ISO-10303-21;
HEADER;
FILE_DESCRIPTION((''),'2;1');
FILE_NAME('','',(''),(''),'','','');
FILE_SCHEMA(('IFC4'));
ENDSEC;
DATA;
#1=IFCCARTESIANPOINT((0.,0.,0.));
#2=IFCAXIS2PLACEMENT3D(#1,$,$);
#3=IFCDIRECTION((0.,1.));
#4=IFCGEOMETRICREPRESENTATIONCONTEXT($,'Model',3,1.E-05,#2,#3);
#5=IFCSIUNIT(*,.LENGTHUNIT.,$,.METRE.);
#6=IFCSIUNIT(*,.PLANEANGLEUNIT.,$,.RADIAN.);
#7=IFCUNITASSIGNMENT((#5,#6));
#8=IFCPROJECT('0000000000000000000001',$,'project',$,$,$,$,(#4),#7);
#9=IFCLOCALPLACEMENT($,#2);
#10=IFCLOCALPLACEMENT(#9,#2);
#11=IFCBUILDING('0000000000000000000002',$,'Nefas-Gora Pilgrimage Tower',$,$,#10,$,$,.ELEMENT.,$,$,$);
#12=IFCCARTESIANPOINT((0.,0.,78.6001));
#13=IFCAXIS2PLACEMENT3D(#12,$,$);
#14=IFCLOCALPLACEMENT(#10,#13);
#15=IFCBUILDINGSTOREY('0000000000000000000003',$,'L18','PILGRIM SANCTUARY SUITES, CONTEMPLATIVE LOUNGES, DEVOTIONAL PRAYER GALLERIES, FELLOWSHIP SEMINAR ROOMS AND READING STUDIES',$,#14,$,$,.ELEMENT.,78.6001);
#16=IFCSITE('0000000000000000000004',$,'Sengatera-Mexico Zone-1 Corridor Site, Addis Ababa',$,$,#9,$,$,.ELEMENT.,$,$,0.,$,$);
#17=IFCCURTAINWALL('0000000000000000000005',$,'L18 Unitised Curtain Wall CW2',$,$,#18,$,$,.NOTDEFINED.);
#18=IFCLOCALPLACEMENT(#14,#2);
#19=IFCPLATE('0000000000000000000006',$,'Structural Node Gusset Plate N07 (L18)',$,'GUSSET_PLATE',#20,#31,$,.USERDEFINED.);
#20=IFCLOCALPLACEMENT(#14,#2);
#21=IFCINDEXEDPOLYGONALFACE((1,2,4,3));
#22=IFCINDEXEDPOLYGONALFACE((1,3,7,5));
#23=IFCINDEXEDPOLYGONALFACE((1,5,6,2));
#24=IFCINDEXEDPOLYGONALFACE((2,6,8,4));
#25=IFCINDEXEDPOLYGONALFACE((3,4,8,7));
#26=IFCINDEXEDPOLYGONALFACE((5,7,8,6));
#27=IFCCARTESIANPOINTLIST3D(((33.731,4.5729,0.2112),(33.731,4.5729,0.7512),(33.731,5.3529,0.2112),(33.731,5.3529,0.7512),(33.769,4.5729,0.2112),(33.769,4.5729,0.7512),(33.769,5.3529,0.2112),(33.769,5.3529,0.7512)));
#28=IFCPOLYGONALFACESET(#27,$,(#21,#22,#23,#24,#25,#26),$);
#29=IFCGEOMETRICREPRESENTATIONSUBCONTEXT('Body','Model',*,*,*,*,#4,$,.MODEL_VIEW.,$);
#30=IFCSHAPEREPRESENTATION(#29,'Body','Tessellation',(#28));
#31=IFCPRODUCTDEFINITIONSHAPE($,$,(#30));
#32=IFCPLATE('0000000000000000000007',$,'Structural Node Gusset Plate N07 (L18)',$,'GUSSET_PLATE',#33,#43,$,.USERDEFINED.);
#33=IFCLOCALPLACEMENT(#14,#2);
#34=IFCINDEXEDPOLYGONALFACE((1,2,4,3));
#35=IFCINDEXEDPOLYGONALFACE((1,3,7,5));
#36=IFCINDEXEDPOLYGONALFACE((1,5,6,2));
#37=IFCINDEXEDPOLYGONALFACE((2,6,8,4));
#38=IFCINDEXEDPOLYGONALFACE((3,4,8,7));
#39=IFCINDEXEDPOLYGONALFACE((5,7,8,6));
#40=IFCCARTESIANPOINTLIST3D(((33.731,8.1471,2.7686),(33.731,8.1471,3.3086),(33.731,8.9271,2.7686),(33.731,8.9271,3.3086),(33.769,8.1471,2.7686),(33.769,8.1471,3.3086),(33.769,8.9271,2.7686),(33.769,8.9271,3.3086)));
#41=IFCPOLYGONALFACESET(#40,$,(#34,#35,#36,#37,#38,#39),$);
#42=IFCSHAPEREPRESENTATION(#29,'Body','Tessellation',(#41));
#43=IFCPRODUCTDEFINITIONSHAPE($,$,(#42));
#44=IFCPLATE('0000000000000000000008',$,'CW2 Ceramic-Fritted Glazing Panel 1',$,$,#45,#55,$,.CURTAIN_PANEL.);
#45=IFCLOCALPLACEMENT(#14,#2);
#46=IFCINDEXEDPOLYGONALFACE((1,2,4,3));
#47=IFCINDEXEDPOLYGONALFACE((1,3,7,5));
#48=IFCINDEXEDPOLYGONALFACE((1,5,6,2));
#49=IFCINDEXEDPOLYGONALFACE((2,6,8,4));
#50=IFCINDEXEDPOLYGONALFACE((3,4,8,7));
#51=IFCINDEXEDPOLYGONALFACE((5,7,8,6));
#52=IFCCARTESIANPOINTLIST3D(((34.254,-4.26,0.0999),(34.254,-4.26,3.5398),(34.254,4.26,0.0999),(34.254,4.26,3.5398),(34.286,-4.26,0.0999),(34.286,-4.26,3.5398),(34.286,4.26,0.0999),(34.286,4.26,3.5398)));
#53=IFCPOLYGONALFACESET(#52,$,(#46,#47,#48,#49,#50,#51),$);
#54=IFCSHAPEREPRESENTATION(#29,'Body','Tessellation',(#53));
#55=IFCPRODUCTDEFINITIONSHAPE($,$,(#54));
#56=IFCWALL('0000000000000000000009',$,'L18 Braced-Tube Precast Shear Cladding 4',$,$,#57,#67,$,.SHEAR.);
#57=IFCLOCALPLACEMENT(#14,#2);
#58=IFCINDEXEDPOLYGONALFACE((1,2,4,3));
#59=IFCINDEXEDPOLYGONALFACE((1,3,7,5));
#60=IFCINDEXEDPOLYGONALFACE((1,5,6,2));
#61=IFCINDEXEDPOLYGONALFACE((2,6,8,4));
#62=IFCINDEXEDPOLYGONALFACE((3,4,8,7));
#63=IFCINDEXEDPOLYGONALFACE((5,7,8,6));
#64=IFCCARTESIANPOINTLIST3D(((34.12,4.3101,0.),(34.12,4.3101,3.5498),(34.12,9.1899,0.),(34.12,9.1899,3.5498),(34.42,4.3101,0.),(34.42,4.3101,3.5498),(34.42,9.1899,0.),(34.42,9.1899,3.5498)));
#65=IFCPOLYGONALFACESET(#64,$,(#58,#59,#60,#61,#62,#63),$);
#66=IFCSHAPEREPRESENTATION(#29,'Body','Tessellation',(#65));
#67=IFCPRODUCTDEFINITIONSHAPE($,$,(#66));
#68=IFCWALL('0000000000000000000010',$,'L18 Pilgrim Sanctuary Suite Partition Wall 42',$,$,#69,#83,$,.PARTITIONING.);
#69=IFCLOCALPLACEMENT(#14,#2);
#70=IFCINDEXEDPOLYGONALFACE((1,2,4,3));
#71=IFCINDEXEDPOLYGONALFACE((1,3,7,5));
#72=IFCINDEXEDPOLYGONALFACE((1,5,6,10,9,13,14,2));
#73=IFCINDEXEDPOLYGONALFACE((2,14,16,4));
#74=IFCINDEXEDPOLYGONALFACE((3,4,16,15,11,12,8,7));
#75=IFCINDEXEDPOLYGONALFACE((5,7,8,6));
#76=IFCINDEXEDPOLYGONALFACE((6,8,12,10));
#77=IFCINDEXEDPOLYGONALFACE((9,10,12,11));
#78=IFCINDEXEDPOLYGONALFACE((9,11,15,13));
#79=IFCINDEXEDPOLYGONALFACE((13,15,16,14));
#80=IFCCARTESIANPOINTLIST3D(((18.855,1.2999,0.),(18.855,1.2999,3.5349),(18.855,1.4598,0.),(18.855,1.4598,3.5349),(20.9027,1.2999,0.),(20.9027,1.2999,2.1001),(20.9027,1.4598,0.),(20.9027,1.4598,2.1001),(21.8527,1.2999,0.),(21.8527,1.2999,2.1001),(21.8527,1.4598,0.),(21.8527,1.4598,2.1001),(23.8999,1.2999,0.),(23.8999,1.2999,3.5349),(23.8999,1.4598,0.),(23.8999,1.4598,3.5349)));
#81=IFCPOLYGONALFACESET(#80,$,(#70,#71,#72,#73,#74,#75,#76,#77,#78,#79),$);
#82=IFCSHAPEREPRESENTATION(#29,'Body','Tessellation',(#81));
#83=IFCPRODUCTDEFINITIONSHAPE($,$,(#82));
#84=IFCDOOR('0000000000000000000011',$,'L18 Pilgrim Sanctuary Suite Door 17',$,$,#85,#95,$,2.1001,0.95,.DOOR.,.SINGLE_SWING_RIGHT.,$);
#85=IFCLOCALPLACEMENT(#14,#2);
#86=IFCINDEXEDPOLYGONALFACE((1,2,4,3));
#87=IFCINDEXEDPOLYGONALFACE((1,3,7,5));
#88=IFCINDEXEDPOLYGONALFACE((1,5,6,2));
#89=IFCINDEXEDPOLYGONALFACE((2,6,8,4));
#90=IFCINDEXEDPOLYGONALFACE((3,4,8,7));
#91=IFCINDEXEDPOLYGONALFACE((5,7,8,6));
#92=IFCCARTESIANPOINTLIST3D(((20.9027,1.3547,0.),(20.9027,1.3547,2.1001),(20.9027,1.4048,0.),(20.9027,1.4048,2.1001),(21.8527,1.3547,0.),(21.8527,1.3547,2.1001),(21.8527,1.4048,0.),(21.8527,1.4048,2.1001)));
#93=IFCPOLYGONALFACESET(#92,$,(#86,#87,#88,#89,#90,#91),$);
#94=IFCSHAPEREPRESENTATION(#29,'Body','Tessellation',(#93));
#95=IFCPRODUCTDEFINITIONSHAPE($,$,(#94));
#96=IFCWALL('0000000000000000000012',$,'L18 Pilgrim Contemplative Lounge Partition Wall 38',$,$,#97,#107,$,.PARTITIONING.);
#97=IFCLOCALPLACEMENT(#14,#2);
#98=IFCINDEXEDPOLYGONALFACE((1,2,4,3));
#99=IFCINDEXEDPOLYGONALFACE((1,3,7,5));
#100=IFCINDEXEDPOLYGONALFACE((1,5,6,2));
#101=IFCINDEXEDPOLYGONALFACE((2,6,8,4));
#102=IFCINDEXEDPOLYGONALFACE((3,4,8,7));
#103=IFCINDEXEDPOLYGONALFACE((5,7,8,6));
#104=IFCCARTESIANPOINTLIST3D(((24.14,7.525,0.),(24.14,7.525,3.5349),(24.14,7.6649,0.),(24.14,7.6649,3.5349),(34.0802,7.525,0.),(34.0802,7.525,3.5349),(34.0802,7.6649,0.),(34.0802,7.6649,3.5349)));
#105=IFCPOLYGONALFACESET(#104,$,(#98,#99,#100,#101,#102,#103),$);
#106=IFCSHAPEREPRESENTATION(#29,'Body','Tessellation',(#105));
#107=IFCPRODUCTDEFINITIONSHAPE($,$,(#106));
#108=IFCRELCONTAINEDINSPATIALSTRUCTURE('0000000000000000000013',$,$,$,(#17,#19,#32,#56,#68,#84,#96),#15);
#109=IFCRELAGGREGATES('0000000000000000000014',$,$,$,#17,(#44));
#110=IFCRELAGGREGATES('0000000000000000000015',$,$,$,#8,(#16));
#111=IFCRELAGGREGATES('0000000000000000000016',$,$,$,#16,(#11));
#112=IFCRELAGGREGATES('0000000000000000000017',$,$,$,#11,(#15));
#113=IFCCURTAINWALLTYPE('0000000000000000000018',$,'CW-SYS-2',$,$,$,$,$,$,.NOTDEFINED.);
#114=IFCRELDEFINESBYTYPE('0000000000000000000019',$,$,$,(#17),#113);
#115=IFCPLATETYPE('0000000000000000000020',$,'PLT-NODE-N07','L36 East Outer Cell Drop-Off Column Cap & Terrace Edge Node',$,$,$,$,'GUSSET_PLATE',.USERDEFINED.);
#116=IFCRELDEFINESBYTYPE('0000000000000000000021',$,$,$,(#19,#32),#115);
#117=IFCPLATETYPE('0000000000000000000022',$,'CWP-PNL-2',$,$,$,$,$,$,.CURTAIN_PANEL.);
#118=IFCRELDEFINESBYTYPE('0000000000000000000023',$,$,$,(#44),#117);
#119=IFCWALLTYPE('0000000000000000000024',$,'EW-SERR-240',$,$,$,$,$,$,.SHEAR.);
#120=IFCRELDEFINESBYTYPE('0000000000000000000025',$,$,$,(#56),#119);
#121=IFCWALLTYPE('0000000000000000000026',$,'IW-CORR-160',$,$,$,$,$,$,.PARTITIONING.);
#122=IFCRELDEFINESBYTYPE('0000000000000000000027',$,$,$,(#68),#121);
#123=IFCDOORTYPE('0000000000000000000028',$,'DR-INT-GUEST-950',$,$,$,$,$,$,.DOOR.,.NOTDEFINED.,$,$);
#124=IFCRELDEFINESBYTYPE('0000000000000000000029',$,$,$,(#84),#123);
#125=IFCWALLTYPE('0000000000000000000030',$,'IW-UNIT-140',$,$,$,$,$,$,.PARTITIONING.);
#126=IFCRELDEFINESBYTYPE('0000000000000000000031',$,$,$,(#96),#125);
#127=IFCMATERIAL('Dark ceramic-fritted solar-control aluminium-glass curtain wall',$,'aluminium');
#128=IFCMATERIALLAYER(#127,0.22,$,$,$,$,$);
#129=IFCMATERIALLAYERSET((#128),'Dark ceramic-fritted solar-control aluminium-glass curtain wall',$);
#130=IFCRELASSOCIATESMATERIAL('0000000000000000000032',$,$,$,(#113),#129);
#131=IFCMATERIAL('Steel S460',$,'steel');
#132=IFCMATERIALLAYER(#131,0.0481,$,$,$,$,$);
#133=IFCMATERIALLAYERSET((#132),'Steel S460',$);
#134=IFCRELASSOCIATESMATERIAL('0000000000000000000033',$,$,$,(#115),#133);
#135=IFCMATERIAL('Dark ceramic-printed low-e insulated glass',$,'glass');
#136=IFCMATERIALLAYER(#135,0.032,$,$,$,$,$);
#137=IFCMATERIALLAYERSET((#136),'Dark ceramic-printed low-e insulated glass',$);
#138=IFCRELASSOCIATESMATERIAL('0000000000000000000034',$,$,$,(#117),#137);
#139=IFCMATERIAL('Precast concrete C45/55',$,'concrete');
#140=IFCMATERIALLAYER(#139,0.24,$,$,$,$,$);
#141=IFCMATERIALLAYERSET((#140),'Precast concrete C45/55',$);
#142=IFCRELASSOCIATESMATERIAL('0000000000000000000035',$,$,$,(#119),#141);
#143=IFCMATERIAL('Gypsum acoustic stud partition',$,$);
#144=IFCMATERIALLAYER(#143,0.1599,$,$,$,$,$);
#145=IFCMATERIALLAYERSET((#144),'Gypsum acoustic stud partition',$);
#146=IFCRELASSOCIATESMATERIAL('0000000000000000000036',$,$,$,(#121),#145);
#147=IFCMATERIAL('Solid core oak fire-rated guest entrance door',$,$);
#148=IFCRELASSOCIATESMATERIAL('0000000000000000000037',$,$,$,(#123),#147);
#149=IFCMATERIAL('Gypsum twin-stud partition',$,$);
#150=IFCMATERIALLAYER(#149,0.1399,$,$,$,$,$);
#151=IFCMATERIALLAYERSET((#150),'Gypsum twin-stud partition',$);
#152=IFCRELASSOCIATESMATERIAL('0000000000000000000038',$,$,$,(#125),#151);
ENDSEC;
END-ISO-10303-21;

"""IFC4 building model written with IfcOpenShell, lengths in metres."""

from ifc_helpers import new_model, si_unit, direction, frame, frame_2d, origin, origin_2d, place, context, subcontext, project, spatial, rectangle, extrude, source, transform, mapped, material, layer, layer_set, type_object, element, fill, aggregate, save


model = new_model("IFC4")

# Units and contexts
model_context = context("Model", 3, precision=1e-05, world=origin(), true_north=direction((0.0, 1.0)))
body_context = subcontext(model_context, "Body", "Model", "MODEL_VIEW")
ifc_project = project(units=[si_unit("LENGTHUNIT", "METRE"), si_unit("PLANEANGLEUNIT", "RADIAN")], contexts=[model_context])

# Site, building, storey
site_placement = place(None, origin())
site = spatial("IfcSite", under=ifc_project, at=site_placement, Name="Sengatera-Mexico Zone-1 Corridor Site, Addis Ababa", CompositionType="ELEMENT", RefElevation=0.0)
building_placement = place(site_placement, origin())
building = spatial("IfcBuilding", under=site, at=building_placement, Name="Nefas-Gora Pilgrimage Tower", CompositionType="ELEMENT")
storey_placement = place(building_placement, frame((0.0, 0.0, 78.6001)))
storey = spatial("IfcBuildingStorey", under=building, at=storey_placement, Name="L18", Description="PILGRIM SANCTUARY SUITES, CONTEMPLATIVE LOUNGES, DEVOTIONAL PRAYER GALLERIES, FELLOWSHIP SEMINAR ROOMS AND READING STUDIES", CompositionType="ELEMENT", Elevation=78.6001)

# Shared definitions
ifc_material_1 = material(Name="Steel S460", Category="steel")

# Curtain wall
ifc_material_2 = material(Name="Dark ceramic-fritted solar-control aluminium-glass curtain wall", Category="aluminium")
ifc_layer_1 = layer(ifc_material_2, 0.22)
ifc_layer_set_1 = layer_set([ifc_layer_1], Name="Dark ceramic-fritted solar-control aluminium-glass curtain wall")
curtain_wall_type = type_object("IfcCurtainWallType", Name="CW-SYS-2", PredefinedType="NOTDEFINED", material=ifc_layer_set_1)
curtain_wall_placement = place(storey_placement, origin())
curtain_wall = element("IfcCurtainWall", 1, at=curtain_wall_placement, inside=storey, type_object=curtain_wall_type, Name="L18 Unitised Curtain Wall CW2", PredefinedType="NOTDEFINED")

# Plates
ifc_layer_2 = layer(ifc_material_1, 0.0481)
ifc_layer_set_2 = layer_set([ifc_layer_2], Name="Steel S460")
plate_type_1 = type_object("IfcPlateType", Name="PLT-NODE-N07", Description="L36 East Outer Cell Drop-Off Column Cap & Terrace Edge Node", ElementType="GUSSET_PLATE", PredefinedType="USERDEFINED", material=ifc_layer_set_2)
shared_shape_1 = source(origin(), body_context, "Body", "SweptSolid", [
    extrude(rectangle(XDim=0.78, YDim=0.0381, at=origin_2d()), origin(), (0.0, 0.0, 1.0), 0.54),
])
for number, where, z_axis, x_axis, name in (
    (2, (33.75, 4.9629, 0.2112), (0.0, 0.0, 1.0), (0.0, 1.0, 0.0), "Structural Node Gusset Plate N07 (L18)"),
    (3, (33.75, 8.5371, 2.7686), (0.0, 0.0, 1.0), (0.0, 1.0, 0.0), "Structural Node Gusset Plate N07 (L18)"),
):
    element("IfcPlate", number, at=place(storey_placement, frame(where, z_axis=z_axis, x_axis=x_axis)), inside=storey, type_object=plate_type_1, Name=name, ObjectType="GUSSET_PLATE", PredefinedType="USERDEFINED", context=body_context, shape_type="MappedRepresentation", body=[
        mapped(shared_shape_1, transform((0.0, 0.0, 0.0), x_axis=(1.0, 0.0, 0.0), y_axis=(0.0, 1.0, 0.0), z_axis=(0.0, 0.0, 1.0), scale=1.0)),
    ])

# Plate
ifc_material_3 = material(Name="Dark ceramic-printed low-e insulated glass", Category="glass")
ifc_layer_3 = layer(ifc_material_3, 0.032)
ifc_layer_set_3 = layer_set([ifc_layer_3], Name="Dark ceramic-printed low-e insulated glass")
plate_type_2 = type_object("IfcPlateType", Name="CWP-PNL-2", PredefinedType="CURTAIN_PANEL", material=ifc_layer_set_3)
shared_shape_2 = source(origin(), body_context, "Body", "SweptSolid", [
    extrude(rectangle(XDim=8.52, YDim=0.032, at=origin_2d()), origin(), (0.0, 0.0, 1.0), 3.4399),
])
plate_placement = place(storey_placement, frame((34.27, 0.0, 0.0999), z_axis=(0.0, 0.0, 1.0), x_axis=(0.0, 1.0, 0.0)))
plate = element("IfcPlate", 4, at=plate_placement, type_object=plate_type_2, Name="CW2 Ceramic-Fritted Glazing Panel 1", PredefinedType="CURTAIN_PANEL", context=body_context, shape_type="MappedRepresentation", body=[
    mapped(shared_shape_2, transform((0.0, 0.0, 0.0), x_axis=(1.0, 0.0, 0.0), y_axis=(0.0, 1.0, 0.0), z_axis=(0.0, 0.0, 1.0), scale=1.0)),
])
aggregate(curtain_wall, [plate])

# Wall
ifc_material_4 = material(Name="Precast concrete C45/55", Category="concrete")
ifc_layer_4 = layer(ifc_material_4, 0.24)
ifc_layer_set_4 = layer_set([ifc_layer_4], Name="Precast concrete C45/55")
wall_type_1 = type_object("IfcWallType", Name="EW-SERR-240", PredefinedType="SHEAR", material=ifc_layer_set_4)
shared_shape_3 = source(origin(), body_context, "Body", "SweptSolid", [
    extrude(rectangle(XDim=4.8799, YDim=0.3, at=frame_2d((2.4399, 0.0))), origin(), (0.0, 0.0, 1.0), 3.5498),
])
wall_1_placement = place(storey_placement, frame((34.27, 4.3101, 0.0), z_axis=(0.0, 0.0, 1.0), x_axis=(0.0, 1.0, 0.0)))
element("IfcWall", 5, at=wall_1_placement, inside=storey, type_object=wall_type_1, Name="L18 Braced-Tube Precast Shear Cladding 4", PredefinedType="SHEAR", context=body_context, shape_type="MappedRepresentation", body=[
    mapped(shared_shape_3, transform((0.0, 0.0, 0.0), x_axis=(1.0, 0.0, 0.0), y_axis=(0.0, 1.0, 0.0), z_axis=(0.0, 0.0, 1.0), scale=1.0)),
])

# Wall, opening, door
ifc_material_5 = material(Name="Gypsum acoustic stud partition")
ifc_layer_5 = layer(ifc_material_5, 0.1599)
ifc_layer_set_5 = layer_set([ifc_layer_5], Name="Gypsum acoustic stud partition")
wall_type_2 = type_object("IfcWallType", Name="IW-CORR-160", PredefinedType="PARTITIONING", material=ifc_layer_set_5)
shared_shape_4 = source(origin(), body_context, "Body", "SweptSolid", [
    extrude(rectangle(XDim=5.0449, YDim=0.1599, at=frame_2d((2.5225, 0.0))), origin(), (0.0, 0.0, 1.0), 3.5349),
])
wall_2_placement = place(storey_placement, frame((18.855, 1.3799, 0.0), z_axis=(0.0, 0.0, 1.0), x_axis=(1.0, 0.0, 0.0)))
wall_2 = element("IfcWall", 6, at=wall_2_placement, inside=storey, type_object=wall_type_2, Name="L18 Pilgrim Sanctuary Suite Partition Wall 42", PredefinedType="PARTITIONING", context=body_context, shape_type="MappedRepresentation", body=[
    mapped(shared_shape_4, transform((0.0, 0.0, 0.0), x_axis=(1.0, 0.0, 0.0), y_axis=(0.0, 1.0, 0.0), z_axis=(0.0, 0.0, 1.0), scale=1.0)),
])
opening_placement = place(wall_2_placement, frame((2.0476, 0.0, 0.0)))
opening = element("IfcOpeningElement", 7, at=opening_placement, cuts=wall_2, PredefinedType="OPENING", context=body_context, shape_type="SweptSolid", body=[
    extrude(rectangle(XDim=0.95, YDim=2.1001, at=frame_2d((0.4751, 1.05))), frame((0.0, 0.0898, 0.0), z_axis=(0.0, -1.0, 0.0), x_axis=(1.0, 0.0, 0.0)), (0.0, 0.0, 1.0), 0.1799),
])
ifc_material_6 = material(Name="Solid core oak fire-rated guest entrance door")
door_type = type_object("IfcDoorType", Name="DR-INT-GUEST-950", OperationType="NOTDEFINED", PredefinedType="DOOR", material=ifc_material_6)
shared_shape_5 = source(origin(), body_context, "Body", "SweptSolid", [
    extrude(rectangle(XDim=0.95, YDim=2.1001, at=frame_2d((0.4751, 1.05))), frame((0.0, 0.0249, 0.0), z_axis=(0.0, -1.0, 0.0), x_axis=(1.0, 0.0, 0.0)), (0.0, 0.0, 1.0), 0.05),
])
door_placement = place(opening_placement, origin())
door = element("IfcDoor", 8, at=door_placement, inside=storey, type_object=door_type, Name="L18 Pilgrim Sanctuary Suite Door 17", OperationType="SINGLE_SWING_RIGHT", OverallHeight=2.1001, OverallWidth=0.95, PredefinedType="DOOR", context=body_context, shape_type="MappedRepresentation", body=[
    mapped(shared_shape_5, transform((0.0, 0.0, 0.0), x_axis=(1.0, 0.0, 0.0), y_axis=(0.0, 1.0, 0.0), z_axis=(0.0, 0.0, 1.0), scale=1.0)),
])
fill(opening, door)

# Wall
ifc_material_7 = material(Name="Gypsum twin-stud partition")
ifc_layer_6 = layer(ifc_material_7, 0.1399)
ifc_layer_set_6 = layer_set([ifc_layer_6], Name="Gypsum twin-stud partition")
wall_type_3 = type_object("IfcWallType", Name="IW-UNIT-140", PredefinedType="PARTITIONING", material=ifc_layer_set_6)
shared_shape_6 = source(origin(), body_context, "Body", "SweptSolid", [
    extrude(rectangle(XDim=9.9402, YDim=0.1399, at=frame_2d((4.9702, 0.0))), origin(), (0.0, 0.0, 1.0), 3.5349),
])
wall_3_placement = place(storey_placement, frame((24.1399, 7.595, 0.0), z_axis=(0.0, 0.0, 1.0), x_axis=(1.0, 0.0, 0.0)))
element("IfcWall", 9, at=wall_3_placement, inside=storey, type_object=wall_type_3, Name="L18 Pilgrim Contemplative Lounge Partition Wall 38", PredefinedType="PARTITIONING", context=body_context, shape_type="MappedRepresentation", body=[
    mapped(shared_shape_6, transform((0.0, 0.0, 0.0), x_axis=(1.0, 0.0, 0.0), y_axis=(0.0, 1.0, 0.0), z_axis=(0.0, 0.0, 1.0), scale=1.0)),
])

save(model, "model.ifc")
